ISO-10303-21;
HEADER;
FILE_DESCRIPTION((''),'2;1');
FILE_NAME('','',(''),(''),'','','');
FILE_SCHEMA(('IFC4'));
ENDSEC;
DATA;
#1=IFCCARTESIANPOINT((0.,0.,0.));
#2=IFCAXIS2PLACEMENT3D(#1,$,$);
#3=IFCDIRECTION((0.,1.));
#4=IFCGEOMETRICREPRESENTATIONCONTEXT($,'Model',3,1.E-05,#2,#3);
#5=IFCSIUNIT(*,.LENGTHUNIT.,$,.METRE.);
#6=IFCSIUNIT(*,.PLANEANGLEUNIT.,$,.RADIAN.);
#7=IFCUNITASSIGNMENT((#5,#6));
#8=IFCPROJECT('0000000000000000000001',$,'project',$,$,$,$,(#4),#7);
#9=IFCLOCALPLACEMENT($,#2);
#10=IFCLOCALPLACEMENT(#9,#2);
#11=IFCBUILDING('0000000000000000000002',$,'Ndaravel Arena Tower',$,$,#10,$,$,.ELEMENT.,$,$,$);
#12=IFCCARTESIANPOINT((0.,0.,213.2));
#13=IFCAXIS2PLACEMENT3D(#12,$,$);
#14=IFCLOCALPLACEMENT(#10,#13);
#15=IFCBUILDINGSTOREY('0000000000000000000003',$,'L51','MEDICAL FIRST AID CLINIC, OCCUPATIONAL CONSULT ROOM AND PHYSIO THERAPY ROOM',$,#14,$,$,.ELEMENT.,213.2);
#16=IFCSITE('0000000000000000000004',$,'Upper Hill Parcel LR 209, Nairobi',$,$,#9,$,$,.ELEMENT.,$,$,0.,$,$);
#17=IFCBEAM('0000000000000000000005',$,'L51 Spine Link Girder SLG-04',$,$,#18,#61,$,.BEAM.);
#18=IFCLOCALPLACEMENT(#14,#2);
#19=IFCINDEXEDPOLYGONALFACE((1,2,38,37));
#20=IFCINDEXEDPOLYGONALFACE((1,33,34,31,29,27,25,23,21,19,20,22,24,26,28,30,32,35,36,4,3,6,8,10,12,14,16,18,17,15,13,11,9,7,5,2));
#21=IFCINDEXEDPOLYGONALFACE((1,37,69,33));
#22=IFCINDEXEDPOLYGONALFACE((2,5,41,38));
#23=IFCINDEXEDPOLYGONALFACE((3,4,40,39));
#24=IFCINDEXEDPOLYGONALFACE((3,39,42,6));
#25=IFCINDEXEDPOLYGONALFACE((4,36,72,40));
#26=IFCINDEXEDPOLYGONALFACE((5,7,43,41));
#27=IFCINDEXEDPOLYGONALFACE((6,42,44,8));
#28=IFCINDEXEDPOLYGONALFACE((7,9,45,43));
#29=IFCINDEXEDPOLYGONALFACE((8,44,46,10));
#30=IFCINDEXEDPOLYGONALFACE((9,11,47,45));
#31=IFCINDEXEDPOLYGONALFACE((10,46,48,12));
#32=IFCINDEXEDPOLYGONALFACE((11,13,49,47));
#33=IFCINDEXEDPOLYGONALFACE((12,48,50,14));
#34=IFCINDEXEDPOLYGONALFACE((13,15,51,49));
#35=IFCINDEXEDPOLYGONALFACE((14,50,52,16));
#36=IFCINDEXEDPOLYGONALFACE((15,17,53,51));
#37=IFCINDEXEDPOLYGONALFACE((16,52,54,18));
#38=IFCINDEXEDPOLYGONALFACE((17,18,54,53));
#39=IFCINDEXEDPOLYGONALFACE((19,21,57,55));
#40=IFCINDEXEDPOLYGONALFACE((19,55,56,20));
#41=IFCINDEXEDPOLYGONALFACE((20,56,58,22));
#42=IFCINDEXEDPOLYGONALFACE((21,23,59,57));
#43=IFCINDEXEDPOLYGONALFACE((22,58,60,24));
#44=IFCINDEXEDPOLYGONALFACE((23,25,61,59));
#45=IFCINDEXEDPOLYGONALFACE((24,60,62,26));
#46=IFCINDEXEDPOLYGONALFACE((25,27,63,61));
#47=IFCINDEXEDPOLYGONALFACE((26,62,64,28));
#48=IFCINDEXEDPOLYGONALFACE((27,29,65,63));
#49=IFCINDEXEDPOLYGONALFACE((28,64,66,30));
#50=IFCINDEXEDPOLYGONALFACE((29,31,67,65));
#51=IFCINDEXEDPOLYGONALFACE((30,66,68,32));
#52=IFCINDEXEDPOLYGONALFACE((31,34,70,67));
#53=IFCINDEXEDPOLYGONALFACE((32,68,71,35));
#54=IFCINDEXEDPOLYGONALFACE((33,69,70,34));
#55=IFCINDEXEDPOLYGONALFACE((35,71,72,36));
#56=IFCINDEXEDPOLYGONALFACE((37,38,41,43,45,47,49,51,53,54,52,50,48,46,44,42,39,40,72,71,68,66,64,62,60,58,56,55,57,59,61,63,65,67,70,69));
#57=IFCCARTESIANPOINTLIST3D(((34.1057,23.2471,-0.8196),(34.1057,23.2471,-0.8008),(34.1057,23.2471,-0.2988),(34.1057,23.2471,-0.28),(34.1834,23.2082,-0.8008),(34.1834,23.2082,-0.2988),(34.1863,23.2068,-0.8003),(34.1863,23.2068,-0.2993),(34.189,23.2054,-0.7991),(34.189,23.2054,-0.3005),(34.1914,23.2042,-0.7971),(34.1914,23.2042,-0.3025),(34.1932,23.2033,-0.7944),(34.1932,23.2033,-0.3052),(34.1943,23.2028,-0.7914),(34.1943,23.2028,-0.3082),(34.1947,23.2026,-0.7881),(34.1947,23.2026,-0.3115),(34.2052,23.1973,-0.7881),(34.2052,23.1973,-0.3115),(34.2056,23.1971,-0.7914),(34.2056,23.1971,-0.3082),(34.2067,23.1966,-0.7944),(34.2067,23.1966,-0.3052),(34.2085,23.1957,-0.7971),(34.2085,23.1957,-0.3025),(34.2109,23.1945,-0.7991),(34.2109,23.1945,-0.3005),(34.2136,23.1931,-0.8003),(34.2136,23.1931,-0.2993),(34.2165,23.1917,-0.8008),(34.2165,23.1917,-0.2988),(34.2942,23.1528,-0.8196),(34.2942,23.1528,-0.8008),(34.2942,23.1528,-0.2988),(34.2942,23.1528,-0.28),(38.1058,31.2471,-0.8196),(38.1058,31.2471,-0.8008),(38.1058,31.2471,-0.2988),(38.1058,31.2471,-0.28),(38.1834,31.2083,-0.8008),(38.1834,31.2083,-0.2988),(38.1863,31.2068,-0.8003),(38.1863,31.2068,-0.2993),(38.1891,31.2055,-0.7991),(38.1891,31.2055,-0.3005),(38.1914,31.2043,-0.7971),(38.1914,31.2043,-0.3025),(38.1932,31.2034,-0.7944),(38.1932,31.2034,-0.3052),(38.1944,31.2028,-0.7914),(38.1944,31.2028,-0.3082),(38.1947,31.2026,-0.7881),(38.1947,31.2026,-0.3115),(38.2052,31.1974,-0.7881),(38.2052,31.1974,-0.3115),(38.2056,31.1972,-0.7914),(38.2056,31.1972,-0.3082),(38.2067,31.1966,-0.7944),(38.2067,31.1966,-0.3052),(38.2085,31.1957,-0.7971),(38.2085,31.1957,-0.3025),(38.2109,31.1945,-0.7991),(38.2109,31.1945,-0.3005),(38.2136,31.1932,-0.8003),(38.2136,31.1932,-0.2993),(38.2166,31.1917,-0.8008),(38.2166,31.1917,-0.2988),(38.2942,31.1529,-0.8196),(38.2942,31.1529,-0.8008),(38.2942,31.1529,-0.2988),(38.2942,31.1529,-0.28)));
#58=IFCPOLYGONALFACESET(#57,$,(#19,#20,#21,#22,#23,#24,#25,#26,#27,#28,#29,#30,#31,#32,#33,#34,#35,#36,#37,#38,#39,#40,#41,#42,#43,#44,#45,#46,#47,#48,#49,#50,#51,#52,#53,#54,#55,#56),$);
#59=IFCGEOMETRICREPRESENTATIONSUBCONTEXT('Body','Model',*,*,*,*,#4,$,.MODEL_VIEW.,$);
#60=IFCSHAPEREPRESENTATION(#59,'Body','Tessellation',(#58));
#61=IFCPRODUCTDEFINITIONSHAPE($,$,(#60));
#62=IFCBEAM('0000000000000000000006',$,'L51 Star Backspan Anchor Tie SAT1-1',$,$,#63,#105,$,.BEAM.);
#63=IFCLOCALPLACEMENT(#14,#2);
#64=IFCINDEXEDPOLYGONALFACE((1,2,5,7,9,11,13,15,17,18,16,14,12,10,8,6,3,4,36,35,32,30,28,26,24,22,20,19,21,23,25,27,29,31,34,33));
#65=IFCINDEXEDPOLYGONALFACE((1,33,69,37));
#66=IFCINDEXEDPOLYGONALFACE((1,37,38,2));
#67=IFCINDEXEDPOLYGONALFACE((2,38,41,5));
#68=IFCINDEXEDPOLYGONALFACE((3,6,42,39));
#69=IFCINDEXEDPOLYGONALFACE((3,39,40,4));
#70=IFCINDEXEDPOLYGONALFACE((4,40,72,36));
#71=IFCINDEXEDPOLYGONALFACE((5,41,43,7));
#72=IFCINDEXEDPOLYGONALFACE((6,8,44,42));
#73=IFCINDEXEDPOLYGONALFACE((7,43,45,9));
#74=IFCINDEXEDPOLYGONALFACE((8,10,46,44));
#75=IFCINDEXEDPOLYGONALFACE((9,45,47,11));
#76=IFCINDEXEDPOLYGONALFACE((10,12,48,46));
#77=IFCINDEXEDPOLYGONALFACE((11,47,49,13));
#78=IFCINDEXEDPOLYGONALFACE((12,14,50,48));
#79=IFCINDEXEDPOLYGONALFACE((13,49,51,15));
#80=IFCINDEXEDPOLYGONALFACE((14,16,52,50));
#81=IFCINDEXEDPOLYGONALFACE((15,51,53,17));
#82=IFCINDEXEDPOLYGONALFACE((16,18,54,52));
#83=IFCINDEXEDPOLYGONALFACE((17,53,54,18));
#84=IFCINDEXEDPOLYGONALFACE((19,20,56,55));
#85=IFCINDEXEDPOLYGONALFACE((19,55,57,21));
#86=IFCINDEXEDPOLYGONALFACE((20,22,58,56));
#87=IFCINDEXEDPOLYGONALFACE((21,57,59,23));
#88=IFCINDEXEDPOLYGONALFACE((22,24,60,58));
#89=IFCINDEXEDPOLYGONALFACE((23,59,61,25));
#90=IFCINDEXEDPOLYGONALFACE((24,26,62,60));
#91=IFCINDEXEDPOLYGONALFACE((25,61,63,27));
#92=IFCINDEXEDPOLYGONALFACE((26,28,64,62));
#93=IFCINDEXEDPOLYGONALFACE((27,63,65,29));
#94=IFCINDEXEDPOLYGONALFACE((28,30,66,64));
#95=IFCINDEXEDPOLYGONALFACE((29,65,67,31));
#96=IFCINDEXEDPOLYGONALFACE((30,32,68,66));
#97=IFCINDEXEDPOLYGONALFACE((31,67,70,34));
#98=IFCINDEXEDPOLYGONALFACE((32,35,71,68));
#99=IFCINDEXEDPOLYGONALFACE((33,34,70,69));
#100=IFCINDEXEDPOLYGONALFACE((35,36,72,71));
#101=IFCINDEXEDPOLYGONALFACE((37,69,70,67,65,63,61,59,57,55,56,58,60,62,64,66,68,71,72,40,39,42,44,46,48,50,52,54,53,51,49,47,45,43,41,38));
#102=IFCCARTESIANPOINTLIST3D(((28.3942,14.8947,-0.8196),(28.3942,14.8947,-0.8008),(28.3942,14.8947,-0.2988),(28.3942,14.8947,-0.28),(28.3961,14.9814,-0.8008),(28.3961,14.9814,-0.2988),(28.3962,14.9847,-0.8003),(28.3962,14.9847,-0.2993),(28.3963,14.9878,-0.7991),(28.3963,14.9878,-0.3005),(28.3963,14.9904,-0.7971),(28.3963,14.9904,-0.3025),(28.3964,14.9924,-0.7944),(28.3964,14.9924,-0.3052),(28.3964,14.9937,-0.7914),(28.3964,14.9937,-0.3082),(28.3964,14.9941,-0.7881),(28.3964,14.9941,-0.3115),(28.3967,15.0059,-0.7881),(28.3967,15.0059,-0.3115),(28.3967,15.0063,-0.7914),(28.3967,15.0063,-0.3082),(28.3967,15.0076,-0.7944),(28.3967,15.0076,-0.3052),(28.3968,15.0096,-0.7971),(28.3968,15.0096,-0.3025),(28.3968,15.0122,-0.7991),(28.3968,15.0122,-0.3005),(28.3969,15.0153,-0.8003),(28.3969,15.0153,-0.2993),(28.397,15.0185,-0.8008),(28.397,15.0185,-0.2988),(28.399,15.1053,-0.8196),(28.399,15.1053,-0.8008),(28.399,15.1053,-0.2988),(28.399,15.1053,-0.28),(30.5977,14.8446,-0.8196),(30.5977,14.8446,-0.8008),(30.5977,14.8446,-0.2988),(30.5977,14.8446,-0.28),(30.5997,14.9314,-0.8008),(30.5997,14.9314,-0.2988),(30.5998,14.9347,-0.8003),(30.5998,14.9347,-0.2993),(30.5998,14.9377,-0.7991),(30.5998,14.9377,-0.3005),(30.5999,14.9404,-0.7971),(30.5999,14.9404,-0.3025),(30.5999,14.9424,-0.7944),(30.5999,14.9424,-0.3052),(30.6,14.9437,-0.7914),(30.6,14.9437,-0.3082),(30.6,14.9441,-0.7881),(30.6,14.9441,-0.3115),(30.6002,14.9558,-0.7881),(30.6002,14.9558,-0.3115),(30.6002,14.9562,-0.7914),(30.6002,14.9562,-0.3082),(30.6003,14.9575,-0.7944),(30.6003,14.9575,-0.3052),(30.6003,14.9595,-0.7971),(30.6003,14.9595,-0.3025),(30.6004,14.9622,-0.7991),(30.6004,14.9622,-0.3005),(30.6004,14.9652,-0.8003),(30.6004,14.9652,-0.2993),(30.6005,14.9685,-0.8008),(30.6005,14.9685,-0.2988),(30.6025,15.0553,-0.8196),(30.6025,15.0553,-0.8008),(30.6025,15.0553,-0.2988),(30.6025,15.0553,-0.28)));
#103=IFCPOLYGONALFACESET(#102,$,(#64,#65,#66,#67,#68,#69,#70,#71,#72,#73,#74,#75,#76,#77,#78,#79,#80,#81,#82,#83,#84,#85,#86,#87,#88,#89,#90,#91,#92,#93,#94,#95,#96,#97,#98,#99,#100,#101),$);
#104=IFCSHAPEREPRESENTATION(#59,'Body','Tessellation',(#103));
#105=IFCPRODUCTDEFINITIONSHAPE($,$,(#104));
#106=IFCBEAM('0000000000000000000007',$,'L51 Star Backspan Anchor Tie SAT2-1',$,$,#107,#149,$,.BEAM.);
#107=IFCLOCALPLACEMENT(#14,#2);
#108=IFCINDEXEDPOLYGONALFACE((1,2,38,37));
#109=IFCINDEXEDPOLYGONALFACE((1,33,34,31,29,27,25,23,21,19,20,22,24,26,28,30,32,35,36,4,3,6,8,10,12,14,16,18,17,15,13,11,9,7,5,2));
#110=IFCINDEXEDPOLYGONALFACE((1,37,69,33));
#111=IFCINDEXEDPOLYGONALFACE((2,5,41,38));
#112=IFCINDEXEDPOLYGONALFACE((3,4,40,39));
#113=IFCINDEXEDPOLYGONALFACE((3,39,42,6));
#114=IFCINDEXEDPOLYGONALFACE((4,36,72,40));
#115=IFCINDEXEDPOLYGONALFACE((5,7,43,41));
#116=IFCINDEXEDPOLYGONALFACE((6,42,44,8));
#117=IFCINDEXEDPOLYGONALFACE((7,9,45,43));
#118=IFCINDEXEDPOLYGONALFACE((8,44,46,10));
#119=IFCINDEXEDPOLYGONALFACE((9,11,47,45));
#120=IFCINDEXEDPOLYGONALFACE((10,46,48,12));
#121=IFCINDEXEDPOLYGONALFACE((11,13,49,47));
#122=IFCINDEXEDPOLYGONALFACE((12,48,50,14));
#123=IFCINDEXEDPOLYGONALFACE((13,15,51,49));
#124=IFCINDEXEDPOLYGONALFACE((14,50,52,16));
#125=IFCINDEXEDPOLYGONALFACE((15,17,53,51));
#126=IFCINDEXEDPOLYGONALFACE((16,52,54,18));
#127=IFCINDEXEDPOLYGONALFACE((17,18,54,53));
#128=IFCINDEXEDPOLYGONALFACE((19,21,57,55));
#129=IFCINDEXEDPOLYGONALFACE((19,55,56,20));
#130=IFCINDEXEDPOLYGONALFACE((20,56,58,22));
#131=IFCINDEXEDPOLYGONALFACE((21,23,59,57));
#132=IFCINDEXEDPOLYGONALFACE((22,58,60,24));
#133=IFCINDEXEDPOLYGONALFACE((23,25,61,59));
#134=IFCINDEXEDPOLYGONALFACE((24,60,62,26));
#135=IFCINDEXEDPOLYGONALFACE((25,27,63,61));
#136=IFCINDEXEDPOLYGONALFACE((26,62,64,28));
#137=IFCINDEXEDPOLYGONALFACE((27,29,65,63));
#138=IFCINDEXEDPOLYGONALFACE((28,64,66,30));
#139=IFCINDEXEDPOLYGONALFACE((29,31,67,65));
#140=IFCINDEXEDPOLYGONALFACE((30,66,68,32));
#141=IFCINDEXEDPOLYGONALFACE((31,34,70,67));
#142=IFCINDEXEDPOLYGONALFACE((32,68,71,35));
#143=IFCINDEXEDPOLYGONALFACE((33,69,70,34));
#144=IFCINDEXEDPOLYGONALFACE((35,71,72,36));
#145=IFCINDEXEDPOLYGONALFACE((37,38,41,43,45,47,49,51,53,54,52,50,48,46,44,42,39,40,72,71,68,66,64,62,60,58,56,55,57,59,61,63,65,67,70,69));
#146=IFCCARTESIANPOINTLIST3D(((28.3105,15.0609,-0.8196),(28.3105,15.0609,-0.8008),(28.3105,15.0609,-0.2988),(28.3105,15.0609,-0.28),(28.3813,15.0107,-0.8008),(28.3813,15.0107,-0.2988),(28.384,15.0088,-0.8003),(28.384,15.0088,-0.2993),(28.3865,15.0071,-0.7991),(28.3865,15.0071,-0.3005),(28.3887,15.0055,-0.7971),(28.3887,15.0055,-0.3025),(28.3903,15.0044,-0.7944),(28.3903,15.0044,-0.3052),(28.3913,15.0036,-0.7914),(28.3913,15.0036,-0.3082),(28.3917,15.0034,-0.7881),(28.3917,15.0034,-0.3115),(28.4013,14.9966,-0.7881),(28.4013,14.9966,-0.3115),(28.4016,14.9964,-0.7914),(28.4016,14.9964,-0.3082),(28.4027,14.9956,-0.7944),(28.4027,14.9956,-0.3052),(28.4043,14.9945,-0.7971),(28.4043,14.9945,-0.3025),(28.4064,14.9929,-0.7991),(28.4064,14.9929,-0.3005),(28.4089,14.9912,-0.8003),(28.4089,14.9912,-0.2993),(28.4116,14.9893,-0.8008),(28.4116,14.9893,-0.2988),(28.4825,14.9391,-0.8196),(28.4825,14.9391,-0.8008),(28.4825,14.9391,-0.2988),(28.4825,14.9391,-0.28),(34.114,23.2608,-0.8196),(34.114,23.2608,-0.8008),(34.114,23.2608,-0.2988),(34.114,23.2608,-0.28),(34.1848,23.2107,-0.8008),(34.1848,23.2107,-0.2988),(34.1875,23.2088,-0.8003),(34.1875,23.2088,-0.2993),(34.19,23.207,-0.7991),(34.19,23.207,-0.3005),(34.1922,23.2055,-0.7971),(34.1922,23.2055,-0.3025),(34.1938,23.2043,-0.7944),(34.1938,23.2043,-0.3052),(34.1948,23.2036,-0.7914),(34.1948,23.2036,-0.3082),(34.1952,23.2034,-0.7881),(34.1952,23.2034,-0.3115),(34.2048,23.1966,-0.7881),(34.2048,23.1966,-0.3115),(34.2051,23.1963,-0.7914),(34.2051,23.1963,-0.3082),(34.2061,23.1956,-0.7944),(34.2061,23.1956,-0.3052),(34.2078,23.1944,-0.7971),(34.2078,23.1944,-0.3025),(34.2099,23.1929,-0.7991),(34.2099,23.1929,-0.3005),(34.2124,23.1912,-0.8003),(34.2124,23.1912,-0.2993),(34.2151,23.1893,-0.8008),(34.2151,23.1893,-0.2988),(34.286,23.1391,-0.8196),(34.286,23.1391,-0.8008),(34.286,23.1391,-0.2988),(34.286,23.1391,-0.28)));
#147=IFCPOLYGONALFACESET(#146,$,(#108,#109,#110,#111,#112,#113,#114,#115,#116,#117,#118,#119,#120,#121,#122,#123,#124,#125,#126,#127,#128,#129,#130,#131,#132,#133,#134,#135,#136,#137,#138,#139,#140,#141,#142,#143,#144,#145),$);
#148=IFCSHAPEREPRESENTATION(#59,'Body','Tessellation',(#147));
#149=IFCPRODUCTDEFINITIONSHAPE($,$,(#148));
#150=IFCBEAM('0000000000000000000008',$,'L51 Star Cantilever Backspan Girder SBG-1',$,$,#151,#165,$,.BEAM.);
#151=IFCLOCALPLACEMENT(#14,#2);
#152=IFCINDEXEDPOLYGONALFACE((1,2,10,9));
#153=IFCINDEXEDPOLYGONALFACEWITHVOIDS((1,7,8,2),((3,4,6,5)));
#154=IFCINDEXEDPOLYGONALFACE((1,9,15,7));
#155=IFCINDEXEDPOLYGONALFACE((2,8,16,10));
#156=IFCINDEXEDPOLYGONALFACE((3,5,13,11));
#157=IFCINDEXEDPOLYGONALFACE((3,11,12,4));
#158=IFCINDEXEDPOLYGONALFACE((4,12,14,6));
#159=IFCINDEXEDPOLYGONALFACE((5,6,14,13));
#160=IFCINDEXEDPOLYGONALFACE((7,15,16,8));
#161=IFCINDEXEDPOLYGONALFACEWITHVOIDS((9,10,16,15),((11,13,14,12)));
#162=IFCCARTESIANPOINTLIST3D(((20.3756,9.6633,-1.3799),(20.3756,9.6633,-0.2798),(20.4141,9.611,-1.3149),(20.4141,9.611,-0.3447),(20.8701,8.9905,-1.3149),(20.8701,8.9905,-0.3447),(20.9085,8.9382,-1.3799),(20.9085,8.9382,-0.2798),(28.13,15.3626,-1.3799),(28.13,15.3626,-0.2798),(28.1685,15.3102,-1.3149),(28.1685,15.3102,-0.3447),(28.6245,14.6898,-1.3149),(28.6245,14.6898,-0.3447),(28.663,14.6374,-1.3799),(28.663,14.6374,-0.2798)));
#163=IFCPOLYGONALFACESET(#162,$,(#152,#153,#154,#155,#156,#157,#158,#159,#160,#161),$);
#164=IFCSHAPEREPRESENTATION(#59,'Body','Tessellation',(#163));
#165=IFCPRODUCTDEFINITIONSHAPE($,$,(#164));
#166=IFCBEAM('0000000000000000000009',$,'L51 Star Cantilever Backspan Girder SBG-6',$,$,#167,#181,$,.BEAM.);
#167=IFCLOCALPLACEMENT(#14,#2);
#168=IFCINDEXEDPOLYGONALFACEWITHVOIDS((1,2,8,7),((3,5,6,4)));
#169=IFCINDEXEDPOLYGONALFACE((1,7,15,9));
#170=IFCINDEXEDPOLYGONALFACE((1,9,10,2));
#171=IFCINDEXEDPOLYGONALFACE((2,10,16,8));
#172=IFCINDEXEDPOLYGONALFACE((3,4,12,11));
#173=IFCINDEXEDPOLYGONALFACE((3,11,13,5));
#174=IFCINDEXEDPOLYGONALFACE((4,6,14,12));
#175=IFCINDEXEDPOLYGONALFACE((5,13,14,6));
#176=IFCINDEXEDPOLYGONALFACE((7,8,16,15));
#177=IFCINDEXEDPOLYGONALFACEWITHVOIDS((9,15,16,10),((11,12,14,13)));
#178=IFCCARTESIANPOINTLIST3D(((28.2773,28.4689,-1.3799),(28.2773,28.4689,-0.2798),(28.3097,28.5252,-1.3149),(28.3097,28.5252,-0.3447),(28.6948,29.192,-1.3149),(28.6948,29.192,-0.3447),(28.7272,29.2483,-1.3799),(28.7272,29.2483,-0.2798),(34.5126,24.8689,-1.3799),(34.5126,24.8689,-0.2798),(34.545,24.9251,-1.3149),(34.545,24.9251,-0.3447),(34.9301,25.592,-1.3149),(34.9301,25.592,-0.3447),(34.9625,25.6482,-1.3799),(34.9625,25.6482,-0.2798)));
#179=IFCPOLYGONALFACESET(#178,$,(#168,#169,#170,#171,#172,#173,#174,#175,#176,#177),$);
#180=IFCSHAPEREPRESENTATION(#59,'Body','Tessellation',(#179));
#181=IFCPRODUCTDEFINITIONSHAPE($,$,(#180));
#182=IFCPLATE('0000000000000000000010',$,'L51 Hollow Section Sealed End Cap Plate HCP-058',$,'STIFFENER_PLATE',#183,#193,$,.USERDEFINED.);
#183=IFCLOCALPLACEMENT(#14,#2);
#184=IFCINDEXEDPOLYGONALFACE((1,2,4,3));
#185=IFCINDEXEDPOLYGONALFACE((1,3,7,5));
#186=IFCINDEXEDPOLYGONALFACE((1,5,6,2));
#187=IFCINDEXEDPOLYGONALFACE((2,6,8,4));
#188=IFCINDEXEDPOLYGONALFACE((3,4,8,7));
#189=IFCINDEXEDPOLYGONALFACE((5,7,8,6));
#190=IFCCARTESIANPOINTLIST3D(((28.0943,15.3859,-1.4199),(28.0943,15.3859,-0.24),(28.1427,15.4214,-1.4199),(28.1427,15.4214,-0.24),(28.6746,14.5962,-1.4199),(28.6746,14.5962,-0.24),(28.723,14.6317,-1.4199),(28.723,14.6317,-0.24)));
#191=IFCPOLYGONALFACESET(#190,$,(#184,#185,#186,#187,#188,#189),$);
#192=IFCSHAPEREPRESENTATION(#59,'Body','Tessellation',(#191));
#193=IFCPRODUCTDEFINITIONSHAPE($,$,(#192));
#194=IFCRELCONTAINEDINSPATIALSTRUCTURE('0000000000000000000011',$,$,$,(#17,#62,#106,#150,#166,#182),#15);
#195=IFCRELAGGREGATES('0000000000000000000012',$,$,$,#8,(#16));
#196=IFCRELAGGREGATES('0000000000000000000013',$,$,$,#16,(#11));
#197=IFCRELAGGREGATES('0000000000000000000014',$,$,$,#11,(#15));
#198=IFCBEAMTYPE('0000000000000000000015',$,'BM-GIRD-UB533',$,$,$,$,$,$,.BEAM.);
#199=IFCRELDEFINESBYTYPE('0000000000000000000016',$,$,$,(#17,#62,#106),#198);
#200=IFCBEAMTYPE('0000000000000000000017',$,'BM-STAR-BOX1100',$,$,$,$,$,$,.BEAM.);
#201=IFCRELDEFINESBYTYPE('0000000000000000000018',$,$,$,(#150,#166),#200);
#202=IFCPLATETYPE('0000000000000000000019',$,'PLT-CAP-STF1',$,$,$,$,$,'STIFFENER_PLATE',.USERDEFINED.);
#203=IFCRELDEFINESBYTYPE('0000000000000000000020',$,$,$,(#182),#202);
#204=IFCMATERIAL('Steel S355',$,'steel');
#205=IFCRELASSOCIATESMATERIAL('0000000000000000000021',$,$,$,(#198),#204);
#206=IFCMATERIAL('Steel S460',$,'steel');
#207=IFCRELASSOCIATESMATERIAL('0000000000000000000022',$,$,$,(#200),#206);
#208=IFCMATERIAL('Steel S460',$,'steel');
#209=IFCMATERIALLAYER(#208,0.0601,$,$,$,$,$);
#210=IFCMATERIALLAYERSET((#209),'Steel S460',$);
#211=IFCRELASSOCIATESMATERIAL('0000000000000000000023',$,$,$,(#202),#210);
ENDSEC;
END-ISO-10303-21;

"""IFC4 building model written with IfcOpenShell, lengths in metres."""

from ifc_helpers import new_model, si_unit, direction, frame, origin, origin_2d, place, context, subcontext, project, spatial, rectangle, hollow_rectangle, i_section, extrude, material, layer, layer_set, material_profile, profile_set, type_object, element, save


model = new_model("IFC4")

# Units and contexts
model_context = context("Model", 3, precision=1e-05, world=origin(), true_north=direction((0.0, 1.0)))
body_context = subcontext(model_context, "Body", "Model", "MODEL_VIEW")
ifc_project = project(units=[si_unit("LENGTHUNIT", "METRE"), si_unit("PLANEANGLEUNIT", "RADIAN")], contexts=[model_context])

# Site, building, storey
site_placement = place(None, origin())
site = spatial("IfcSite", under=ifc_project, at=site_placement, Name="Upper Hill Parcel LR 209, Nairobi", CompositionType="ELEMENT", RefElevation=0.0)
building_placement = place(site_placement, origin())
building = spatial("IfcBuilding", under=site, at=building_placement, Name="Ndaravel Arena Tower", CompositionType="ELEMENT")
storey_placement = place(building_placement, frame((0.0, 0.0, 213.2)))
storey = spatial("IfcBuildingStorey", under=building, at=storey_placement, Name="L51", Description="MEDICAL FIRST AID CLINIC, OCCUPATIONAL CONSULT ROOM AND PHYSIO THERAPY ROOM", CompositionType="ELEMENT", Elevation=213.2)

# Beams
ifc_material_1 = material(Name="Steel S355", Category="steel")
ifc_material_profile_1 = material_profile(ifc_material_1, i_section(OverallWidth=0.2107, OverallDepth=0.5396, WebThickness=0.0117, FlangeThickness=0.0188, FilletRadius=0.0127, at=origin_2d()), Name="UB 533x210x109")
ifc_profile_set_1 = profile_set([ifc_material_profile_1], Name="Steel S355")
beam_type_1 = type_object("IfcBeamType", Name="BM-GIRD-UB533", PredefinedType="BEAM", material=ifc_profile_set_1)
beam_1_placement = place(storey_placement, frame((34.2, 23.2, -0.5498), z_axis=(0.447214, 0.894427, 0.0), x_axis=(-0.894427, 0.447214, 0.0)))
element("IfcBeam", 1, at=beam_1_placement, inside=storey, type_object=beam_type_1, Name="L51 Spine Link Girder SLG-04", PredefinedType="BEAM", context=body_context, shape_type="SweptSolid", body=[
    extrude(i_section(OverallWidth=0.2107, OverallDepth=0.5396, WebThickness=0.0117, FlangeThickness=0.0188, FilletRadius=0.0127, at=origin_2d()), origin(), (0.0, 0.0, 1.0), 8.9443),
])
beam_2_placement = place(storey_placement, frame((30.6001, 14.95, -0.5498), z_axis=(-0.999742, 0.022706, 0.0), x_axis=(-0.022706, -0.999742, 0.0)))
element("IfcBeam", 2, at=beam_2_placement, inside=storey, type_object=beam_type_1, Name="L51 Star Backspan Anchor Tie SAT1-1", PredefinedType="BEAM", context=body_context, shape_type="SweptSolid", body=[
    extrude(i_section(OverallWidth=0.2107, OverallDepth=0.5396, WebThickness=0.0117, FlangeThickness=0.0188, FilletRadius=0.0127, at=origin_2d()), origin(), (0.0, 0.0, 1.0), 2.2041),
])
beam_3_placement = place(storey_placement, frame((28.3965, 15.0, -0.5498), z_axis=(0.577697, 0.816251, 0.0), x_axis=(-0.816251, 0.577697, 0.0)))
element("IfcBeam", 3, at=beam_3_placement, inside=storey, type_object=beam_type_1, Name="L51 Star Backspan Anchor Tie SAT2-1", PredefinedType="BEAM", context=body_context, shape_type="SweptSolid", body=[
    extrude(i_section(OverallWidth=0.2107, OverallDepth=0.5396, WebThickness=0.0117, FlangeThickness=0.0188, FilletRadius=0.0127, at=origin_2d()), origin(), (0.0, 0.0, 1.0), 10.0459),
])
ifc_material_2 = material(Name="Steel S460", Category="steel")
ifc_material_profile_2 = material_profile(ifc_material_2, hollow_rectangle(XDim=0.8999, YDim=1.1001, WallThickness=0.0649, at=origin_2d()), Name="BOX 1100x900x65")
ifc_profile_set_2 = profile_set([ifc_material_profile_2], Name="Steel S460")
beam_type_2 = type_object("IfcBeamType", Name="BM-STAR-BOX1100", PredefinedType="BEAM", material=ifc_profile_set_2)
beam_4_placement = place(storey_placement, frame((28.3965, 15.0, -0.8298), z_axis=(-0.805777, -0.592219, 0.0), x_axis=(0.592219, -0.805777, 0.0)))
element("IfcBeam", 4, at=beam_4_placement, inside=storey, type_object=beam_type_2, Name="L51 Star Cantilever Backspan Girder SBG-1", PredefinedType="BEAM", context=body_context, shape_type="SweptSolid", body=[
    extrude(hollow_rectangle(XDim=0.8999, YDim=1.1001, WallThickness=0.0649, at=origin_2d()), origin(), (0.0, 0.0, 1.0), 9.6235),
])
beam_5_placement = place(storey_placement, frame((34.7375, 25.2585, -0.8298), z_axis=(-0.866018, 0.500012, 0.0), x_axis=(-0.500012, -0.866018, 0.0)))
element("IfcBeam", 5, at=beam_5_placement, inside=storey, type_object=beam_type_2, Name="L51 Star Cantilever Backspan Girder SBG-6", PredefinedType="BEAM", context=body_context, shape_type="SweptSolid", body=[
    extrude(hollow_rectangle(XDim=0.8999, YDim=1.1001, WallThickness=0.0649, at=origin_2d()), origin(), (0.0, 0.0, 1.0), 7.2),
])

# Plate
ifc_material_3 = material(Name="Steel S460", Category="steel")
ifc_layer_1 = layer(ifc_material_3, 0.0601)
ifc_layer_set_1 = layer_set([ifc_layer_1], Name="Steel S460")
plate_type = type_object("IfcPlateType", Name="PLT-CAP-STF1", ElementType="STIFFENER_PLATE", PredefinedType="USERDEFINED", material=ifc_layer_set_1)
for number, where, z_axis, x_axis, name in (
    (6, (28.4087, 15.0088, -1.4199), (0.0, 0.0, 1.0), (-0.805825, -0.592154, 0.0), "L51 Hollow Section Sealed End Cap Plate HCP-058"),
):
    element("IfcPlate", number, at=place(storey_placement, frame(where, z_axis=z_axis, x_axis=x_axis)), inside=storey, type_object=plate_type, Name=name, ObjectType="STIFFENER_PLATE", PredefinedType="USERDEFINED", context=body_context, shape_type="SweptSolid", body=[
        extrude(rectangle(XDim=0.0601, YDim=0.98, at=origin_2d()), origin(), (0.0, 0.0, 1.0), 1.1799),
    ])

save(model, "model.ifc")
